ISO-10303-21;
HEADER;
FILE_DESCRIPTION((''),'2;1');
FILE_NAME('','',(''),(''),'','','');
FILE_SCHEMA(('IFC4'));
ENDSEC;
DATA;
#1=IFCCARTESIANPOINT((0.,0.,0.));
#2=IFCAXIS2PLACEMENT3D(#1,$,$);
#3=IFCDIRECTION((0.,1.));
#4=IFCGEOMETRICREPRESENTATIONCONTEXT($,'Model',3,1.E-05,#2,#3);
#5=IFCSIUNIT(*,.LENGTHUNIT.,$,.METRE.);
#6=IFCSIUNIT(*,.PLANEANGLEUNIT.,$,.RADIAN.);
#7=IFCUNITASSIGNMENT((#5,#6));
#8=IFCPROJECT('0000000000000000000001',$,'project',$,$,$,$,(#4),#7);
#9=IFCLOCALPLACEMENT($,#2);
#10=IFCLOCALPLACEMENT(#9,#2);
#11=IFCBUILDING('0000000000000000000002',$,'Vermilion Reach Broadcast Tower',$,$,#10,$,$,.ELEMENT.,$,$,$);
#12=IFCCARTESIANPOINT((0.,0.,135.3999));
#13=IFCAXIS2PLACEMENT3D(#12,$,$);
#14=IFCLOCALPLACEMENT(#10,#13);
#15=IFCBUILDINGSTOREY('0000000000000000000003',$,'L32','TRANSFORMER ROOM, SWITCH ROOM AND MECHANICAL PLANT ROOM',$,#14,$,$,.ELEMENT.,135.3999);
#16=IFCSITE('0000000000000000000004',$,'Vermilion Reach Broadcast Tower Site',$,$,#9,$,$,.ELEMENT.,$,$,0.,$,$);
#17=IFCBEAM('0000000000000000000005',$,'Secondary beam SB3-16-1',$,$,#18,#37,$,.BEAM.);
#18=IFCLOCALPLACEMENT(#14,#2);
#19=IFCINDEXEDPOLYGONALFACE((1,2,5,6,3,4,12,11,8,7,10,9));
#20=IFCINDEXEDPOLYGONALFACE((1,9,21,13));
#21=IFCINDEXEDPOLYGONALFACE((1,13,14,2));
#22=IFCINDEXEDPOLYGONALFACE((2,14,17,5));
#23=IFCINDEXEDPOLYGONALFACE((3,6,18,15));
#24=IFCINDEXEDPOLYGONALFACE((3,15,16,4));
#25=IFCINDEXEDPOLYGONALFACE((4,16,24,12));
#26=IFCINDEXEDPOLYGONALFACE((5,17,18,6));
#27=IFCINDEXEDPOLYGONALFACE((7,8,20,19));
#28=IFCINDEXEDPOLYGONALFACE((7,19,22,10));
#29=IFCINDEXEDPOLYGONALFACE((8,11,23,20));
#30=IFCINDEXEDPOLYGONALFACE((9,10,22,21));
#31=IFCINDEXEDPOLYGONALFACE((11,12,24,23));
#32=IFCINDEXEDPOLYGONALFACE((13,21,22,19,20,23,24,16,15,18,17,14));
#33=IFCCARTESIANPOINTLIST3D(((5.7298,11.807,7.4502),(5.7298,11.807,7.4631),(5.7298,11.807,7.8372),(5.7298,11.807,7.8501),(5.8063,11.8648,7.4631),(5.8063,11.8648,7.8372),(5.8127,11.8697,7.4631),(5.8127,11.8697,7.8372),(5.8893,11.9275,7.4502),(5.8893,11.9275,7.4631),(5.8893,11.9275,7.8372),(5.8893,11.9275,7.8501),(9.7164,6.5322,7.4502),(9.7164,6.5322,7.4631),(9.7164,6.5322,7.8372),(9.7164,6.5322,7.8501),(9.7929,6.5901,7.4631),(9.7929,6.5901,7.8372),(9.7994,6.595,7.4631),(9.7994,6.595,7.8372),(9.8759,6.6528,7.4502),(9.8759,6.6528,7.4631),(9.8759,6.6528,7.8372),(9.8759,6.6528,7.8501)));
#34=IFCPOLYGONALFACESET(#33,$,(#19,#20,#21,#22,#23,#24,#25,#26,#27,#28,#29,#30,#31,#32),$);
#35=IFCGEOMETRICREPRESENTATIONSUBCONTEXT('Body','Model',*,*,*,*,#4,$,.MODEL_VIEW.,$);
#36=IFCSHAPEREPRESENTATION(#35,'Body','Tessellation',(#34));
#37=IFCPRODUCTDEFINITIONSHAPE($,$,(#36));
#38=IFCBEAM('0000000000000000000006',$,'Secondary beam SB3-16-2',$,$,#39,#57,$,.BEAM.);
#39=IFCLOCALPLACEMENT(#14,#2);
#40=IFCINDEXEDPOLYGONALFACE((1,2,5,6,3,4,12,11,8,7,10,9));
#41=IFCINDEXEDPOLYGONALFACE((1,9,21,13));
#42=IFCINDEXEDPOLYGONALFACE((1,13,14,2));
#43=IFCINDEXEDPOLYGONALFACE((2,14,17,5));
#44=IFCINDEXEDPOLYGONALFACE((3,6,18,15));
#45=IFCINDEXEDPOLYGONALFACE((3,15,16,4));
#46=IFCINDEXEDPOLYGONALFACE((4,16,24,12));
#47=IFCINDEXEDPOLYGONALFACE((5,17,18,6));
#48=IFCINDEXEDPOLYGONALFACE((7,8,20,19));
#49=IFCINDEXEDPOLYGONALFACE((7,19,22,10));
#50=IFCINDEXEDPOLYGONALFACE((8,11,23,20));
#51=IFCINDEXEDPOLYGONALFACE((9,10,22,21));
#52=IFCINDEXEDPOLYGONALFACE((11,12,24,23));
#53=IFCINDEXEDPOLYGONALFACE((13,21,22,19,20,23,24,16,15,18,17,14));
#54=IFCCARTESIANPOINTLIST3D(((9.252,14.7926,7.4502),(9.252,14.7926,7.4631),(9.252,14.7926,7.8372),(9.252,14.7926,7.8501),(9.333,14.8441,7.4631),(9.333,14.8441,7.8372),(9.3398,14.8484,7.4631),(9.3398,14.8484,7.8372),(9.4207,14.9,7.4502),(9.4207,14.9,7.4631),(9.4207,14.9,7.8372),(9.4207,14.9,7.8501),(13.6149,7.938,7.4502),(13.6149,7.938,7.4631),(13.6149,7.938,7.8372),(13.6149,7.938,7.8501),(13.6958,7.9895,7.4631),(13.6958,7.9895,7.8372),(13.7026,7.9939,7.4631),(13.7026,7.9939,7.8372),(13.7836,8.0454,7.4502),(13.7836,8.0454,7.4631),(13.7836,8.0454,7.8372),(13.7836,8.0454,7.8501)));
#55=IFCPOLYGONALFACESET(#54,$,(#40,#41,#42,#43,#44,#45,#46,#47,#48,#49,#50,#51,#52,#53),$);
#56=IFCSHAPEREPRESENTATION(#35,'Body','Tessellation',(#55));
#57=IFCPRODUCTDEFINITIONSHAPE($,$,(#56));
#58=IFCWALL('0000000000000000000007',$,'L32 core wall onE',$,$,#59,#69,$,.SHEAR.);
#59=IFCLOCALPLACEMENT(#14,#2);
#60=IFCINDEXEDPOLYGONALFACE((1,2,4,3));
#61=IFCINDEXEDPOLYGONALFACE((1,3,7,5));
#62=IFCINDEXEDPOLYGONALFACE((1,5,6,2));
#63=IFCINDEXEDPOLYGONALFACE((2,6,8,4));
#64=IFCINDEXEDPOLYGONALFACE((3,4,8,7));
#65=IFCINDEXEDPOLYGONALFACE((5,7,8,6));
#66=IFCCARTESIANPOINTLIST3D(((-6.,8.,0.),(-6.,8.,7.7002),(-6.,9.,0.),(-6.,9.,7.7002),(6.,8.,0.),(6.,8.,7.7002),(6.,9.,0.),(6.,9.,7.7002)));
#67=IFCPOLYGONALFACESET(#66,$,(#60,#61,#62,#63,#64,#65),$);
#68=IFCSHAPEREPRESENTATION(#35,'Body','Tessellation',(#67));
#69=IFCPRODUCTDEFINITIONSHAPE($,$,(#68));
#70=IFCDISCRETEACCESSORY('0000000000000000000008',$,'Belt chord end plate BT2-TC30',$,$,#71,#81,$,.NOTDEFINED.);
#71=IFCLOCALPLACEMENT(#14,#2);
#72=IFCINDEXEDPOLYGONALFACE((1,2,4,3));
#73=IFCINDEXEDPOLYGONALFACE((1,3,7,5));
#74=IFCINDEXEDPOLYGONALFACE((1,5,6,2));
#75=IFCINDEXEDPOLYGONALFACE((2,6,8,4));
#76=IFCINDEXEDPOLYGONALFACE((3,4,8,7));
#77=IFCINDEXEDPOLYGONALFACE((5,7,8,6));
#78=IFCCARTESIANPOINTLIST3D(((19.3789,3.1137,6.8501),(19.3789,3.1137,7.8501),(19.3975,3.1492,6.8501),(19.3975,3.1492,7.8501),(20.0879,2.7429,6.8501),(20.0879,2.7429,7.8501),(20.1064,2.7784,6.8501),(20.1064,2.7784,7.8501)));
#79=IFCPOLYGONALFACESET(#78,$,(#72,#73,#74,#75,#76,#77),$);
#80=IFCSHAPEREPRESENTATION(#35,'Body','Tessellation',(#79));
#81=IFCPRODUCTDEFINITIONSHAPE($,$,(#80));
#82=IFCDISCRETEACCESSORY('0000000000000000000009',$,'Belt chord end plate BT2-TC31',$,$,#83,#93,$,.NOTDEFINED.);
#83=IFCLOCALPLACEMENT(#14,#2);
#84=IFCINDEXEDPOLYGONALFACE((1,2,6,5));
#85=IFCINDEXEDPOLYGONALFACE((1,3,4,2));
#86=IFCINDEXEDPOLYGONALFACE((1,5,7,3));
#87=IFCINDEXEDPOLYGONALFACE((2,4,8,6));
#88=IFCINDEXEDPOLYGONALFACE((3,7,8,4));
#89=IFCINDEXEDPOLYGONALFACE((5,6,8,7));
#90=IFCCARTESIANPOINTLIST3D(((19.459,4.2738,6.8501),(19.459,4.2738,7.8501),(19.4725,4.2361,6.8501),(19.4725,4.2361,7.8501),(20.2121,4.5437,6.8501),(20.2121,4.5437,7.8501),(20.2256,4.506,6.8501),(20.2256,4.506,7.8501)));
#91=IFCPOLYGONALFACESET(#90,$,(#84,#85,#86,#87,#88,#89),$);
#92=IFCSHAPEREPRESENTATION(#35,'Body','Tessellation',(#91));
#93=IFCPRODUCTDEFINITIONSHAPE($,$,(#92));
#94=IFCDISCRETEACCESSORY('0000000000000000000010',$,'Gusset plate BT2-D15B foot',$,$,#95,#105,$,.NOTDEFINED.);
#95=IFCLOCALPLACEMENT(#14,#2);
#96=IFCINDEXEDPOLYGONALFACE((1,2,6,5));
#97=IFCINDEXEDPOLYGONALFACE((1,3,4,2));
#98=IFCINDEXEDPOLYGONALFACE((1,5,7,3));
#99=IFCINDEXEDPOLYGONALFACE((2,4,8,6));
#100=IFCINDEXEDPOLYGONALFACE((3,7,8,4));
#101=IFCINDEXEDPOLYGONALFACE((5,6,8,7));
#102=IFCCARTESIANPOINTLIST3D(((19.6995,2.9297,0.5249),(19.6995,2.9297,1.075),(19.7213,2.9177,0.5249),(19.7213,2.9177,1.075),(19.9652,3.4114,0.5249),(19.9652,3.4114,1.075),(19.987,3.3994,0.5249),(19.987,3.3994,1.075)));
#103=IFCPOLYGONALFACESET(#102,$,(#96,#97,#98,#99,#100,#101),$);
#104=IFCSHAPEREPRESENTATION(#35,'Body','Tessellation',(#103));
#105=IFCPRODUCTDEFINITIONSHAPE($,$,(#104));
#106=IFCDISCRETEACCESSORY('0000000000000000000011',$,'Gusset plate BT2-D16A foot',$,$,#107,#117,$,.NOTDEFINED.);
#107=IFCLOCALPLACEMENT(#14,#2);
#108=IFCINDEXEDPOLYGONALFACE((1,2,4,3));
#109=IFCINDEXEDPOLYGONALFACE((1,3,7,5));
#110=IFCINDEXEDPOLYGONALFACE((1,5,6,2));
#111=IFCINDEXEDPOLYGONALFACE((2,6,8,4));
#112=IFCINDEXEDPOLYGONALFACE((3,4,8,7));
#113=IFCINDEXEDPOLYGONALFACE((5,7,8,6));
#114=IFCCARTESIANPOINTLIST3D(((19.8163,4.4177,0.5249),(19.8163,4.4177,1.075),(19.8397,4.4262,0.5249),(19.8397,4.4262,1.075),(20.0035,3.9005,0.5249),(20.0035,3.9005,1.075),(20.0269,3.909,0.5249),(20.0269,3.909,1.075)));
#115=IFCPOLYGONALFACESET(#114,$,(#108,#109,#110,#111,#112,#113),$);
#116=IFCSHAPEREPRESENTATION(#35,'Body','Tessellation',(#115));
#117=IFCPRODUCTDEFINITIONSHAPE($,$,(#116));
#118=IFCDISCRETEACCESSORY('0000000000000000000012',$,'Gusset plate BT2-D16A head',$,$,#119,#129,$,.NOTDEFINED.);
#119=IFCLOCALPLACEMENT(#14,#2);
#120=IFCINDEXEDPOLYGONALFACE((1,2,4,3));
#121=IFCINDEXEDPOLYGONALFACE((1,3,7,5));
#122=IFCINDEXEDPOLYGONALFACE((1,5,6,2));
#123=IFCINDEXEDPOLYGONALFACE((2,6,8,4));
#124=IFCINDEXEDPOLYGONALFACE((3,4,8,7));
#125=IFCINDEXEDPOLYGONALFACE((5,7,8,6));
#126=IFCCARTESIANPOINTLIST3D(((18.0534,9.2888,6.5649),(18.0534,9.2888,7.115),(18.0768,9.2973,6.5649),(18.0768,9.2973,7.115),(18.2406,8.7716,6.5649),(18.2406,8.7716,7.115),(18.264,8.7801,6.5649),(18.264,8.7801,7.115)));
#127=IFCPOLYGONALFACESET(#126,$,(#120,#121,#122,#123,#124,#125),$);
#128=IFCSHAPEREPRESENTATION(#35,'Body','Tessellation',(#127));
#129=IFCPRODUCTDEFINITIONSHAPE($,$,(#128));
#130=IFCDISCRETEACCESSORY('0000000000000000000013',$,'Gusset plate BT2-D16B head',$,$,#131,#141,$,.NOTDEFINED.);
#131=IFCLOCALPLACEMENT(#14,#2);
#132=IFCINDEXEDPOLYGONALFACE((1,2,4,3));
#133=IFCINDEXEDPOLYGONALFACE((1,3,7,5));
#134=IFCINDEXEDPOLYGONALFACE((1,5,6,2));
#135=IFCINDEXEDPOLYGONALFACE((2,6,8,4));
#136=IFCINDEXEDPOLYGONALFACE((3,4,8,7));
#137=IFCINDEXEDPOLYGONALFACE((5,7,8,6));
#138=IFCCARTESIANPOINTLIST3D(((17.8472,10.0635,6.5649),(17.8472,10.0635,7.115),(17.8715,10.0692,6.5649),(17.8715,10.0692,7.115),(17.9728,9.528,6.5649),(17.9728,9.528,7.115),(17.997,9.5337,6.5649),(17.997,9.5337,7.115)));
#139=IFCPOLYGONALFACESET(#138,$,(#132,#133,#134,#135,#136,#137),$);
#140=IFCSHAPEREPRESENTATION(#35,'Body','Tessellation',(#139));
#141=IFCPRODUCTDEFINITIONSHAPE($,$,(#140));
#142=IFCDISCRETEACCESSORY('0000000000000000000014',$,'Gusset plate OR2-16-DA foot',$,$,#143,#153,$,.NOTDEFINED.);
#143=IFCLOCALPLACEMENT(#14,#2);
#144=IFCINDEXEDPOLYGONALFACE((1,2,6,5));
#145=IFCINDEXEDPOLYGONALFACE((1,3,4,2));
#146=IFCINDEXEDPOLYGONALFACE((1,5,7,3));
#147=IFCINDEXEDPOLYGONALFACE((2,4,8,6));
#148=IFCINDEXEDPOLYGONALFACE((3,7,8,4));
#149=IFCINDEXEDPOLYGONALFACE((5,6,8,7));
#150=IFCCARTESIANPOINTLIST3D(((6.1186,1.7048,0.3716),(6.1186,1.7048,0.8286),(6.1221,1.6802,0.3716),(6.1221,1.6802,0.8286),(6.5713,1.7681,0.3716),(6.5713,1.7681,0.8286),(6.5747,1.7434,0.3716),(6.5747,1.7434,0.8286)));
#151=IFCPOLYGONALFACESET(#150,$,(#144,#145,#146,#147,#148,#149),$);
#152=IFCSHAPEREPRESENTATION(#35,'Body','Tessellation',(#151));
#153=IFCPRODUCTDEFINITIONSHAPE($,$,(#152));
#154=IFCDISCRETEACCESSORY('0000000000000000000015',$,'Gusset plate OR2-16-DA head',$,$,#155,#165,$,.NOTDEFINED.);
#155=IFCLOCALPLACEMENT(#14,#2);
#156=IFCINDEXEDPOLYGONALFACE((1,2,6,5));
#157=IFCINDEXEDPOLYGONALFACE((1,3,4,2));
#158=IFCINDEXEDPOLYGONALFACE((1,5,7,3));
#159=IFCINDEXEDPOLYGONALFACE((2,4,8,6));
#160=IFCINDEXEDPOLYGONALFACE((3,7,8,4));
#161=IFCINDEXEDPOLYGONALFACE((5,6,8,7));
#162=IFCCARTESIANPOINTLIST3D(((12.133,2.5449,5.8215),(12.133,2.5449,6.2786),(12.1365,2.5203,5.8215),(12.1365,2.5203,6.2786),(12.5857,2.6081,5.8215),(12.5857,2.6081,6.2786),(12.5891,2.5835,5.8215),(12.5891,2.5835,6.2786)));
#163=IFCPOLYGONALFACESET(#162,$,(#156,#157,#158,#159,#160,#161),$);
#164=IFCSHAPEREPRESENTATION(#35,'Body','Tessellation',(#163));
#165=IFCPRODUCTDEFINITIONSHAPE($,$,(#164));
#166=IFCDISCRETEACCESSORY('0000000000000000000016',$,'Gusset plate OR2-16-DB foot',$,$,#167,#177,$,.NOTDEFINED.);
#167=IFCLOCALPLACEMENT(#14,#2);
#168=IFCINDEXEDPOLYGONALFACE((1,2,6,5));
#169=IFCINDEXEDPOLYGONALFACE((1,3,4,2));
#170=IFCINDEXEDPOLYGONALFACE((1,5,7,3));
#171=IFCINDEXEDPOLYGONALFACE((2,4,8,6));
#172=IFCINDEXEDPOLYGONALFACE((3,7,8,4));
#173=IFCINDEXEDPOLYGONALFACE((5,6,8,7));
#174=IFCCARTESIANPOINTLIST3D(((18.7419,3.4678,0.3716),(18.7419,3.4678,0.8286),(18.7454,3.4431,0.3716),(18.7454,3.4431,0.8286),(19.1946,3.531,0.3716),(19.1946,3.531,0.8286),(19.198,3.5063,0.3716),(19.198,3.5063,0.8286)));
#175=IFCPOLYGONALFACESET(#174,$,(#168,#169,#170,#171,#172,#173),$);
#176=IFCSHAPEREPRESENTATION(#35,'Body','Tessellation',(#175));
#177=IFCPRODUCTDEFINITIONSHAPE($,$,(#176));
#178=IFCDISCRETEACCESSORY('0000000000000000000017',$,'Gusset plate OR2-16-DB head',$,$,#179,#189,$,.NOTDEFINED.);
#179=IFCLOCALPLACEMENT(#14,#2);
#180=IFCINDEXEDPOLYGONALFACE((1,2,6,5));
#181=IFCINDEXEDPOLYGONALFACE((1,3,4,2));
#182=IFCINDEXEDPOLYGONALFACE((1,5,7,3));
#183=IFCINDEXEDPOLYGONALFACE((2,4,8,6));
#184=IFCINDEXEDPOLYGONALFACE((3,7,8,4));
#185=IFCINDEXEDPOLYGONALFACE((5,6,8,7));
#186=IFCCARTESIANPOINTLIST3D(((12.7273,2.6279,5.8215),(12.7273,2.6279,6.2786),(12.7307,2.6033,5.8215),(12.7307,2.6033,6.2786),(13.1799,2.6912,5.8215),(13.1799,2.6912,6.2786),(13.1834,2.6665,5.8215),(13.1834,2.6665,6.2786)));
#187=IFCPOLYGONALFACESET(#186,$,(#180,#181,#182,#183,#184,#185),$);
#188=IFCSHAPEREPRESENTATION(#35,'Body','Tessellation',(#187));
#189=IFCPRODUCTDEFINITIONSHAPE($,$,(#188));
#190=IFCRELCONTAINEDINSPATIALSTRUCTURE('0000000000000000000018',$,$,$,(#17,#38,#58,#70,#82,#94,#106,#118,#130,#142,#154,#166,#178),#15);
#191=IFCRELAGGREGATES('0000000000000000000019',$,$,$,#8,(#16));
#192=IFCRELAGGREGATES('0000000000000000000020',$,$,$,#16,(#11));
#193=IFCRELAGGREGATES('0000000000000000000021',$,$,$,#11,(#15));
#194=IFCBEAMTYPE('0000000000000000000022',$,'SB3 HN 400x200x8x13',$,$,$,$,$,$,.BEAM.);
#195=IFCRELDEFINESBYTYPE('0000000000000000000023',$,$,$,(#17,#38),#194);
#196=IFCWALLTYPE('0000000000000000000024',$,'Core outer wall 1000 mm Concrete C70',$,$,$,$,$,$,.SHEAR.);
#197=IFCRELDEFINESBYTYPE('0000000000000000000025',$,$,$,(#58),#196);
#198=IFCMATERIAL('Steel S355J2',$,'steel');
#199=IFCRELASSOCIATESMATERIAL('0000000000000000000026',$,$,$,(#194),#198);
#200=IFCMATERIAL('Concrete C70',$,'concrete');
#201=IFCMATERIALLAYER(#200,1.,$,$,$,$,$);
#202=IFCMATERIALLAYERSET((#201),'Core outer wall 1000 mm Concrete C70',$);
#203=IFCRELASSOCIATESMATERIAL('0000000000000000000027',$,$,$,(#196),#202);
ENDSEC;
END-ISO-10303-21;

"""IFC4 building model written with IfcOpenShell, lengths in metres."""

from ifc_helpers import new_model, si_unit, direction, frame, frame_2d, origin, origin_2d, place, context, subcontext, project, spatial, rectangle, i_section, extrude, material, layer, layer_set, material_profile, profile_set, type_object, element, save


model = new_model("IFC4")

# Units and contexts
model_context = context("Model", 3, precision=1e-05, world=origin(), true_north=direction((0.0, 1.0)))
body_context = subcontext(model_context, "Body", "Model", "MODEL_VIEW")
ifc_project = project(units=[si_unit("LENGTHUNIT", "METRE"), si_unit("PLANEANGLEUNIT", "RADIAN")], contexts=[model_context])

# Site, building, storey
site_placement = place(None, origin())
site = spatial("IfcSite", under=ifc_project, at=site_placement, Name="Vermilion Reach Broadcast Tower Site", CompositionType="ELEMENT", RefElevation=0.0)
building_placement = place(site_placement, origin())
building = spatial("IfcBuilding", under=site, at=building_placement, Name="Vermilion Reach Broadcast Tower", CompositionType="ELEMENT")
storey_placement = place(building_placement, frame((0.0, 0.0, 135.3999)))
storey = spatial("IfcBuildingStorey", under=building, at=storey_placement, Name="L32", Description="TRANSFORMER ROOM, SWITCH ROOM AND MECHANICAL PLANT ROOM", CompositionType="ELEMENT", Elevation=135.3999)

# Beams
ifc_material_1 = material(Name="Steel S355J2", Category="steel")
ifc_material_profile_1 = material_profile(ifc_material_1, i_section(OverallWidth=0.2, OverallDepth=0.3999, WebThickness=0.0081, FlangeThickness=0.0129, at=origin_2d()), Name="S355J2 HN 400x200x8x13")
ifc_profile_set_1 = profile_set([ifc_material_profile_1], Name="Steel S355J2")
beam_type_1 = type_object("IfcBeamType", Name="SB3 HN 400x200x8x13", PredefinedType="BEAM", material=ifc_profile_set_1)
beam_1_placement = place(storey_placement, frame((9.7961, 6.5925, 7.6501), z_axis=(-0.602956, 0.797775, 0.0), x_axis=(-0.797775, -0.602956, 0.0)))
element("IfcBeam", 1, at=beam_1_placement, inside=storey, type_object=beam_type_1, Name="Secondary beam SB3-16-1", PredefinedType="BEAM", context=body_context, shape_type="SweptSolid", body=[
    extrude(i_section(OverallWidth=0.2, OverallDepth=0.3999, WebThickness=0.0081, FlangeThickness=0.0129, at=origin_2d()), origin(), (0.0, 0.0, 1.0), 6.6118),
])
beam_2_placement = place(storey_placement, frame((13.6992, 7.9917, 7.6501), z_axis=(-0.536949, 0.843614, 0.0), x_axis=(-0.843614, -0.536949, 0.0)))
element("IfcBeam", 2, at=beam_2_placement, inside=storey, type_object=beam_type_1, Name="Secondary beam SB3-16-2", PredefinedType="BEAM", context=body_context, shape_type="SweptSolid", body=[
    extrude(i_section(OverallWidth=0.2, OverallDepth=0.3999, WebThickness=0.0081, FlangeThickness=0.0129, at=origin_2d()), origin(), (0.0, 0.0, 1.0), 8.1252),
])

# Wall
ifc_material_2 = material(Name="Concrete C70", Category="concrete")
ifc_layer = layer(ifc_material_2, 1.0)
ifc_layer_set = layer_set([ifc_layer], Name="Core outer wall 1000 mm Concrete C70")
wall_type = type_object("IfcWallType", Name="Core outer wall 1000 mm Concrete C70", PredefinedType="SHEAR", material=ifc_layer_set)
wall_placement = place(storey_placement, frame((6.0, 8.5, 0.0), z_axis=(0.0, 0.0, 1.0), x_axis=(-1.0, 0.0, 0.0)))
element("IfcWall", 3, at=wall_placement, inside=storey, type_object=wall_type, Name="L32 core wall onE", PredefinedType="SHEAR", context=body_context, shape_type="SweptSolid", body=[
    extrude(rectangle(XDim=12.0, YDim=1.0, at=frame_2d((6.0, 0.0))), origin(), (0.0, 0.0, 1.0), 7.7002),
])

# Discrete accessories
for number, where, z_axis, x_axis, name in (
    (4, (19.7427, 2.946, 6.8501), (0.0, 0.0, 1.0), (0.463389, 0.886155, 0.0), "Belt chord end plate BT2-TC30"),
    (5, (19.8423, 4.3899, 6.8501), (0.0, 0.0, 1.0), (0.337422, -0.941353, 0.0), "Belt chord end plate BT2-TC31"),
):
    element("IfcDiscreteAccessory", number, at=place(storey_placement, frame(where, z_axis=z_axis, x_axis=x_axis)), inside=storey, Name=name, PredefinedType="NOTDEFINED", context=body_context, shape_type="SweptSolid", body=[
        extrude(rectangle(XDim=0.04, YDim=0.8, at=origin_2d()), origin(), (0.0, 0.0, 1.0), 1.0),
    ])
for number, where, z_axis, x_axis, name in (
    (6, (19.8433, 3.1646, 0.5249), (0.0, 0.0, 1.0), (0.875633, -0.482978, 0.0), "Gusset plate BT2-D15B foot"),
    (7, (19.9216, 4.1633, 0.5249), (0.0, 0.0, 1.0), (-0.940315, -0.340305, 0.0), "Gusset plate BT2-D16A foot"),
    (8, (18.1587, 9.0344, 6.5649), (0.0, 0.0, 1.0), (-0.940315, -0.340305, 0.0), "Gusset plate BT2-D16A head"),
    (9, (17.9221, 9.7986, 6.5649), (0.0, 0.0, 1.0), (0.973597, 0.228274, 0.0), "Gusset plate BT2-D16B head"),
):
    element("IfcDiscreteAccessory", number, at=place(storey_placement, frame(where, z_axis=z_axis, x_axis=x_axis)), inside=storey, Name=name, PredefinedType="NOTDEFINED", context=body_context, shape_type="SweptSolid", body=[
        extrude(rectangle(XDim=0.0249, YDim=0.55, at=origin_2d()), origin(), (0.0, 0.0, 1.0), 0.55),
    ])
for number, where, z_axis, x_axis, name in (
    (10, (6.3467, 1.7241, 0.3716), (0.0, 0.0, 1.0), (-0.138309, 0.990389, 0.0), "Gusset plate OR2-16-DA foot"),
    (11, (12.3611, 2.5642, 5.8215), (0.0, 0.0, 1.0), (-0.138309, 0.990389, 0.0), "Gusset plate OR2-16-DA head"),
    (12, (18.97, 3.4871, 0.3716), (0.0, 0.0, 1.0), (-0.138309, 0.990389, 0.0), "Gusset plate OR2-16-DB foot"),
    (13, (12.9553, 2.6472, 5.8215), (0.0, 0.0, 1.0), (-0.138309, 0.990389, 0.0), "Gusset plate OR2-16-DB head"),
):
    element("IfcDiscreteAccessory", number, at=place(storey_placement, frame(where, z_axis=z_axis, x_axis=x_axis)), inside=storey, Name=name, PredefinedType="NOTDEFINED", context=body_context, shape_type="SweptSolid", body=[
        extrude(rectangle(XDim=0.0249, YDim=0.457, at=origin_2d()), origin(), (0.0, 0.0, 1.0), 0.457),
    ])

save(model, "model.ifc")
